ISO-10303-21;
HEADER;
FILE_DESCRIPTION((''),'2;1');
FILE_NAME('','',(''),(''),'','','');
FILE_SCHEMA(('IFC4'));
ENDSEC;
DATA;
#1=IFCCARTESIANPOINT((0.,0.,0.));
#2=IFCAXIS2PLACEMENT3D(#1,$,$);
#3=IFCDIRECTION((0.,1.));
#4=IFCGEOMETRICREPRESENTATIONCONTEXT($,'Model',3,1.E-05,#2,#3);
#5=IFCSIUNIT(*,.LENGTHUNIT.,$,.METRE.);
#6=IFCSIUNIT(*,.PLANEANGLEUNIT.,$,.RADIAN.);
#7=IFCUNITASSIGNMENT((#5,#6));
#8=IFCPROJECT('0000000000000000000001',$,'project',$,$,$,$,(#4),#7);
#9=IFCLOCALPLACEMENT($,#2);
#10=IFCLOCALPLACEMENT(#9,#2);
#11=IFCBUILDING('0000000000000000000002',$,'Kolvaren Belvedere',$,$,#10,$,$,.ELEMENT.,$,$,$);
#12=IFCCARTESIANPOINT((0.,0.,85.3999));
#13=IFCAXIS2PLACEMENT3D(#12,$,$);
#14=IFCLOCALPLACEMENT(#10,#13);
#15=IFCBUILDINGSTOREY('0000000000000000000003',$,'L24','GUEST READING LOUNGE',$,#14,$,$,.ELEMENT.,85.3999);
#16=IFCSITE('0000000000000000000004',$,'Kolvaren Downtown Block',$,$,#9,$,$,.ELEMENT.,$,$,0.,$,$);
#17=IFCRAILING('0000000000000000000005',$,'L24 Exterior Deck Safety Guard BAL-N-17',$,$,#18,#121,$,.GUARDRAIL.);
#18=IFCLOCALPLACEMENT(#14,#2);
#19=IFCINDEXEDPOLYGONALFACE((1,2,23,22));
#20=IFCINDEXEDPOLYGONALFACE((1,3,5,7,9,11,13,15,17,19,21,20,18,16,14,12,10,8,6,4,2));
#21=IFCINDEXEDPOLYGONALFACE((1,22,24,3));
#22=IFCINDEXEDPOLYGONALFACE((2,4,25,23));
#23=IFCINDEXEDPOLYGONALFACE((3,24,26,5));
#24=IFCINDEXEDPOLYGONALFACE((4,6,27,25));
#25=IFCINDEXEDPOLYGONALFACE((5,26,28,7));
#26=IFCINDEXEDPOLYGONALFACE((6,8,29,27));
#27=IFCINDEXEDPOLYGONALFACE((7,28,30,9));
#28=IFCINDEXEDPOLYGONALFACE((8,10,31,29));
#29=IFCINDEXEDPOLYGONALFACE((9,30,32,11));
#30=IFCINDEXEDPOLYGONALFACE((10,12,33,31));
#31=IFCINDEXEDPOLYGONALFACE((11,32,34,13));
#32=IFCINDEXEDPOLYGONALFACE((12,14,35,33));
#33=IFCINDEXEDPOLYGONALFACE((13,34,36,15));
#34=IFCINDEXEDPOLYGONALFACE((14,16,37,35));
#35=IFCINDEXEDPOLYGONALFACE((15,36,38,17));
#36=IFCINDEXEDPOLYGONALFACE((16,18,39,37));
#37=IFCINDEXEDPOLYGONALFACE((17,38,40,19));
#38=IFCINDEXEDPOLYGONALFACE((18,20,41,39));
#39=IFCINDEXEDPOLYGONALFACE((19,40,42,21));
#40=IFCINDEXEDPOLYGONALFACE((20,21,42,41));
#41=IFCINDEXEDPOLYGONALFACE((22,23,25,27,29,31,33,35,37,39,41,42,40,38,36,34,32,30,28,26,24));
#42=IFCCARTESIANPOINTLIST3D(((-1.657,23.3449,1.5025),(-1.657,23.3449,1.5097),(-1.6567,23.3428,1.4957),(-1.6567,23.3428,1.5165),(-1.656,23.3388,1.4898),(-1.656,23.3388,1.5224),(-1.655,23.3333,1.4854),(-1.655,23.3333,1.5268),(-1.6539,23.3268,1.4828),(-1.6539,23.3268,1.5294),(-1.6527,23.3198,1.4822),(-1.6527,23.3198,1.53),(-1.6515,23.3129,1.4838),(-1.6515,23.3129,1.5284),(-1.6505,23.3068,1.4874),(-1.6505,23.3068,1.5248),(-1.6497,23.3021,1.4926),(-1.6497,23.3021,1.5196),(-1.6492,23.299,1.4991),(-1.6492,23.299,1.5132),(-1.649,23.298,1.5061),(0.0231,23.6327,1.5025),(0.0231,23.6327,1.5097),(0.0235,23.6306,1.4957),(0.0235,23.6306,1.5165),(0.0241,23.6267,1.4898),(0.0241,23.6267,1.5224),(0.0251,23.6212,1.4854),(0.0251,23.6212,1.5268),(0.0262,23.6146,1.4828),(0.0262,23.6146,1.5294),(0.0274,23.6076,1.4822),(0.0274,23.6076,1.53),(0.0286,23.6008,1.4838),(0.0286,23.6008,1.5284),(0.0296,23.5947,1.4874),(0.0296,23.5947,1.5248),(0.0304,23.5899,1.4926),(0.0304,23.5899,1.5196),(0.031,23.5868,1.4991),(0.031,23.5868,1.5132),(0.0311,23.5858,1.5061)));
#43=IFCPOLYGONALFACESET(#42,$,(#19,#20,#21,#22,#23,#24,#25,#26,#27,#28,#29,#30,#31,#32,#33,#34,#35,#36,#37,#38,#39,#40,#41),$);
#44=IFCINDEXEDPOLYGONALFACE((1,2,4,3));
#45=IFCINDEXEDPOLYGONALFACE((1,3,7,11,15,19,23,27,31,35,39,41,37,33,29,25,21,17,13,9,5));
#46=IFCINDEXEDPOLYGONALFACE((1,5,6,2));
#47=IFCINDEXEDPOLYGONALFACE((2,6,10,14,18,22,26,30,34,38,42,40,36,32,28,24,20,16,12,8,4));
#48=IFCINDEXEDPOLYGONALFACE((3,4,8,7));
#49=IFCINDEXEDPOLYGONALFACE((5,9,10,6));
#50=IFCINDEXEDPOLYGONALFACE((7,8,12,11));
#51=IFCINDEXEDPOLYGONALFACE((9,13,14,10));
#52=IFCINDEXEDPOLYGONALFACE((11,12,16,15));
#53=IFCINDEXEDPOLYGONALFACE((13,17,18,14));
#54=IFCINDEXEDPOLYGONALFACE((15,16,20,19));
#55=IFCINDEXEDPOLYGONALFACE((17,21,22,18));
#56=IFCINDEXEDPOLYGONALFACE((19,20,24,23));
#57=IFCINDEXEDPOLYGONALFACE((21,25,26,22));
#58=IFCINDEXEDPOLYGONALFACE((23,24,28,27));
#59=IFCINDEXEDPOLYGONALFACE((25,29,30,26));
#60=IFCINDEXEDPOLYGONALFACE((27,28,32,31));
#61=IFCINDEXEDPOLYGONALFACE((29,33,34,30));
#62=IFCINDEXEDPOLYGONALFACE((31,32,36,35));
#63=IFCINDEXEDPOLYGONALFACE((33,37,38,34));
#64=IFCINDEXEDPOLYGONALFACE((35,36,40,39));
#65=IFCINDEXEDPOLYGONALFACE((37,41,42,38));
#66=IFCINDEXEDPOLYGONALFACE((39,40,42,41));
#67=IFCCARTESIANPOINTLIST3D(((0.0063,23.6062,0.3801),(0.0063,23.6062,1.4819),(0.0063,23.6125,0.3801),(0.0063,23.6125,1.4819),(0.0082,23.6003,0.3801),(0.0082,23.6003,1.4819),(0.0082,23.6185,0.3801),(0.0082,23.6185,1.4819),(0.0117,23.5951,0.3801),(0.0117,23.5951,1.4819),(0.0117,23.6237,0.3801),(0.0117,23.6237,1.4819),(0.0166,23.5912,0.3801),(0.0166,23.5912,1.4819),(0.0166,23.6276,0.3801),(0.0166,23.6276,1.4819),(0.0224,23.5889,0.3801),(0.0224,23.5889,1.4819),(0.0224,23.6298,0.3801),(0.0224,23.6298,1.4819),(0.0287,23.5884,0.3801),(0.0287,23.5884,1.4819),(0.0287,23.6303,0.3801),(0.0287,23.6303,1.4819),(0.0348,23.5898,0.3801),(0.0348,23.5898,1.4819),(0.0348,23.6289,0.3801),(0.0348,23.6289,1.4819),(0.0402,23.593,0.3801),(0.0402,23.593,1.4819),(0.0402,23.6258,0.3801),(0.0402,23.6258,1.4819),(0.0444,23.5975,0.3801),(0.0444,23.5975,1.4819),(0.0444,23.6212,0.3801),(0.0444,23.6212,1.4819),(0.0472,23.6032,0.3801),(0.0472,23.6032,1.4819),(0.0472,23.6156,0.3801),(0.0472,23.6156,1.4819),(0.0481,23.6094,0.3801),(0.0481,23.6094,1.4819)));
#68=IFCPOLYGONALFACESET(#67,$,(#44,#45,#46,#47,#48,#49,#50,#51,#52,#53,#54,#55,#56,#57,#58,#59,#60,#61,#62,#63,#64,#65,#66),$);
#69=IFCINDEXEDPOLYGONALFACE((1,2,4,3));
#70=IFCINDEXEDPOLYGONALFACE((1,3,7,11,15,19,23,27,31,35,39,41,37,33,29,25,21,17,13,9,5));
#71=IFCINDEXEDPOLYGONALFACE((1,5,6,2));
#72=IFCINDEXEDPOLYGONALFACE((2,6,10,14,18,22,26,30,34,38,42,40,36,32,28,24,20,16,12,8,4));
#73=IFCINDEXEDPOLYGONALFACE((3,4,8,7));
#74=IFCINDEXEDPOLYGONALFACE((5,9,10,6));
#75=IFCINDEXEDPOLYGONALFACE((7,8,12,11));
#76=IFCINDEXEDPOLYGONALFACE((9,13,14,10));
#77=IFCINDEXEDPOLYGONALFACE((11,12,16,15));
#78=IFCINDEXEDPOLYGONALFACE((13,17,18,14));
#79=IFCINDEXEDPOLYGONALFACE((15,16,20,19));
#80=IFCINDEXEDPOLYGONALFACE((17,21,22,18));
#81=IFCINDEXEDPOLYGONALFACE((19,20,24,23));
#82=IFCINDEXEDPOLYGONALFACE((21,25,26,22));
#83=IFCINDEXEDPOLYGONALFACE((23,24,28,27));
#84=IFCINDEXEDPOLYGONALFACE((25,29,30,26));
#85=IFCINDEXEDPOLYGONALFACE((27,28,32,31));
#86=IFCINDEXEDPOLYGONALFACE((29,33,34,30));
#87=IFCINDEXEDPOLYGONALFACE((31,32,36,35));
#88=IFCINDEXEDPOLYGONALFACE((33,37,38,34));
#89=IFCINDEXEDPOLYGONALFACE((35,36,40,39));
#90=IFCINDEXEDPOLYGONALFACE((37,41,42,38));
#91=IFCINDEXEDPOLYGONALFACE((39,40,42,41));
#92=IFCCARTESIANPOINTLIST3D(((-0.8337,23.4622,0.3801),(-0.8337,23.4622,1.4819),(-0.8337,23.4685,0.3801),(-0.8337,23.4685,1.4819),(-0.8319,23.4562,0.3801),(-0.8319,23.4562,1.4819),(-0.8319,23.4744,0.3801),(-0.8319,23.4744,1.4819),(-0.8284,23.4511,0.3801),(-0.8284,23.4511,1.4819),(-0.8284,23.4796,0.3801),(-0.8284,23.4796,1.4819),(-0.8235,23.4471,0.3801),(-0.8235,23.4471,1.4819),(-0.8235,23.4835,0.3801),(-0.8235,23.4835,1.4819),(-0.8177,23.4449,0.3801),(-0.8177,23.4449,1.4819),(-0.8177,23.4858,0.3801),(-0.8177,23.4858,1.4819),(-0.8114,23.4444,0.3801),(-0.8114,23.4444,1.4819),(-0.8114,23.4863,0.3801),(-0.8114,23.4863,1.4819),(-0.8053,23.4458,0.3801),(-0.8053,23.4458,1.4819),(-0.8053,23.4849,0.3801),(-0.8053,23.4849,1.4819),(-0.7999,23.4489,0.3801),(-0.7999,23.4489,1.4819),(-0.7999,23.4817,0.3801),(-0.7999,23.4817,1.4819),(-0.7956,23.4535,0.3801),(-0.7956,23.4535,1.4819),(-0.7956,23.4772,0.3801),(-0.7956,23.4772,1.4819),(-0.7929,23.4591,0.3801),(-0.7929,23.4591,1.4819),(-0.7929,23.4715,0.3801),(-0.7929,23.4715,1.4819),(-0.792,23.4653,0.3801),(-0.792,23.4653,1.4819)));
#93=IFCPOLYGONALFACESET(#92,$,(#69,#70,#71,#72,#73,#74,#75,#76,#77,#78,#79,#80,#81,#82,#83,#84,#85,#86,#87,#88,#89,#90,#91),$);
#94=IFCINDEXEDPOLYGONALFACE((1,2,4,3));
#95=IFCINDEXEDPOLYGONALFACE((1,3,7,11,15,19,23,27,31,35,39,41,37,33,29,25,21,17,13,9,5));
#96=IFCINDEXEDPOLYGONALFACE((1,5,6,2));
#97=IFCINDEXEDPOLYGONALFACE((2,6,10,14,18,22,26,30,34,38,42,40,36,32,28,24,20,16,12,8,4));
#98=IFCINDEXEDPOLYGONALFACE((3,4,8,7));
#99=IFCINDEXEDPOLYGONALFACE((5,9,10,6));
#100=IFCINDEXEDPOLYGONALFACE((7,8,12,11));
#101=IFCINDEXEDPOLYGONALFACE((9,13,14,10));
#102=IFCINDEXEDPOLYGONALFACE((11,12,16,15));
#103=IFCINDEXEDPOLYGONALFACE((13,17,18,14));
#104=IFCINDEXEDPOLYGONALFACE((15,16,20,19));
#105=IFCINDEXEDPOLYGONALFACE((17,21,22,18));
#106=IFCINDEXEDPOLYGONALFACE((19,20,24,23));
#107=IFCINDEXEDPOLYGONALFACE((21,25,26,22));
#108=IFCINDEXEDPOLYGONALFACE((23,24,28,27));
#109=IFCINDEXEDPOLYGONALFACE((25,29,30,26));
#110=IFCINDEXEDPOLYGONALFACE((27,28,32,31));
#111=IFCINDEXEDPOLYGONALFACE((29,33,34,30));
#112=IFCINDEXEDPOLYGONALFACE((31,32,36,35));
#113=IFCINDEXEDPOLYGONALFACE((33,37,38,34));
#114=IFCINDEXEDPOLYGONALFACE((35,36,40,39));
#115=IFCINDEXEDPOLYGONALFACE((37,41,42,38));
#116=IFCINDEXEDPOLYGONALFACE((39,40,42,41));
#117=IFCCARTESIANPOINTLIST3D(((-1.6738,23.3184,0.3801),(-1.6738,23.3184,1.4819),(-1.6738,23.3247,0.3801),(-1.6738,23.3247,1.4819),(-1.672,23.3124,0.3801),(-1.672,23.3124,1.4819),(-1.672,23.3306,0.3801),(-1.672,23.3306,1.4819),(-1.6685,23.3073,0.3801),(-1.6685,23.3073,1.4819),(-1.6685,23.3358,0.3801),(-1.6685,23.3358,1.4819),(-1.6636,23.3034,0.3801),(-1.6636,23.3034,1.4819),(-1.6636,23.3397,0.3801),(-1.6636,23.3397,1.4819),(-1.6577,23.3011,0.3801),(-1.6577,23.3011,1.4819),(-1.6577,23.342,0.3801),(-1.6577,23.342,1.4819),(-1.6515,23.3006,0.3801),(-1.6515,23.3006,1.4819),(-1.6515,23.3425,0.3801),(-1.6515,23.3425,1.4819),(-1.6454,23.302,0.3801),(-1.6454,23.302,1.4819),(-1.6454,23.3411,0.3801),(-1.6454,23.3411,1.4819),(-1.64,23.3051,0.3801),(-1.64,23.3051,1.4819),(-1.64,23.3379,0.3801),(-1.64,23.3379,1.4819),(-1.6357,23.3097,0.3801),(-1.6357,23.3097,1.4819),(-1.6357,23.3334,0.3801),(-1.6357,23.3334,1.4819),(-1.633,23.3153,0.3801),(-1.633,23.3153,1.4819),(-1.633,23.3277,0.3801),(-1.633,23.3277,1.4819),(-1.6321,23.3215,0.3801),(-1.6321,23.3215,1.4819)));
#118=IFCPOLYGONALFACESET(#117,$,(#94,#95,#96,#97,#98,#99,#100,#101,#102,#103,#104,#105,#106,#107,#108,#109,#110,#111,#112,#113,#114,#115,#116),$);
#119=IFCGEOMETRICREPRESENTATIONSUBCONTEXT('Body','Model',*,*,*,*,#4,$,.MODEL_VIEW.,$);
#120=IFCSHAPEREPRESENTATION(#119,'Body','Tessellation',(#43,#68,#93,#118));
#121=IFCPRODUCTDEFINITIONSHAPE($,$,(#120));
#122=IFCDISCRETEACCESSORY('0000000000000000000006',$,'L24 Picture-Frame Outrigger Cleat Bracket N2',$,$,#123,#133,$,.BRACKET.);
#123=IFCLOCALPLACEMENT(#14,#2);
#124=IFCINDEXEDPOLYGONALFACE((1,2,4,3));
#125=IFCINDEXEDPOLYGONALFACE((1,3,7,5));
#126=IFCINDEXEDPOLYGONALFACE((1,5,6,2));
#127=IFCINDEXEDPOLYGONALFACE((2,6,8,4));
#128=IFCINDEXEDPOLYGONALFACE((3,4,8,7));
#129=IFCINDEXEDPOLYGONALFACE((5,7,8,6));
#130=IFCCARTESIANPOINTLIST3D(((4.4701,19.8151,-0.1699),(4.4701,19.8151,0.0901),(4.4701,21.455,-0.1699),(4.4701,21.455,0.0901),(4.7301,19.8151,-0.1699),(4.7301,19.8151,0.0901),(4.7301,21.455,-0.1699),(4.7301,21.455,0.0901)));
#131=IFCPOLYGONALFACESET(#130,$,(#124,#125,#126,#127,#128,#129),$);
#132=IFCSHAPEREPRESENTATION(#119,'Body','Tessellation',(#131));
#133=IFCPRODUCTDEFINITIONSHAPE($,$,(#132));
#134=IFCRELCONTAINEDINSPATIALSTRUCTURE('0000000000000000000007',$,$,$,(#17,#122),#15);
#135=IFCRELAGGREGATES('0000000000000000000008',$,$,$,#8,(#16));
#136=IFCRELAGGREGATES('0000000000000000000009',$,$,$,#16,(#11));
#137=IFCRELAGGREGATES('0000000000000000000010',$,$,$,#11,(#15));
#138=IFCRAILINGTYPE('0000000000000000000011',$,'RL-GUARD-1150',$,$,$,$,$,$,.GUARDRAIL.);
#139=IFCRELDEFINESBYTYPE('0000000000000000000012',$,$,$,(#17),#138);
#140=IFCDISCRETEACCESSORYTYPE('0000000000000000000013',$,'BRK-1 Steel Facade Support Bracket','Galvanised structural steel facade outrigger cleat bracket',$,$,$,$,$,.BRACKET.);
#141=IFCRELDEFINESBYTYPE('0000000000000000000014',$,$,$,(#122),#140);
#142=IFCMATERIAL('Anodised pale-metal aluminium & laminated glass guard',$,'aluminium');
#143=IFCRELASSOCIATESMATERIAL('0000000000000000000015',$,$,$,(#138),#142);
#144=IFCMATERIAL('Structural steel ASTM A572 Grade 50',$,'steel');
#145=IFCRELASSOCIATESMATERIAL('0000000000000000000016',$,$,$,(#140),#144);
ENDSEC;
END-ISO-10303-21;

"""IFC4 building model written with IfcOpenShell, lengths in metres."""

from ifc_helpers import new_model, si_unit, direction, frame, origin, origin_2d, place, context, subcontext, project, spatial, rectangle, circle, extrude, material, type_object, element, save


model = new_model("IFC4")

# Units and contexts
model_context = context("Model", 3, precision=1e-05, world=origin(), true_north=direction((0.0, 1.0)))
body_context = subcontext(model_context, "Body", "Model", "MODEL_VIEW")
ifc_project = project(units=[si_unit("LENGTHUNIT", "METRE"), si_unit("PLANEANGLEUNIT", "RADIAN")], contexts=[model_context])

# Site, building, storey
site_placement = place(None, origin())
site = spatial("IfcSite", under=ifc_project, at=site_placement, Name="Kolvaren Downtown Block", CompositionType="ELEMENT", RefElevation=0.0)
building_placement = place(site_placement, origin())
building = spatial("IfcBuilding", under=site, at=building_placement, Name="Kolvaren Belvedere", CompositionType="ELEMENT")
storey_placement = place(building_placement, frame((0.0, 0.0, 85.3999)))
storey = spatial("IfcBuildingStorey", under=building, at=storey_placement, Name="L24", Description="GUEST READING LOUNGE", CompositionType="ELEMENT", Elevation=85.3999)

# Railing
ifc_material_1 = material(Name="Anodised pale-metal aluminium & laminated glass guard", Category="aluminium")
railing_type = type_object("IfcRailingType", Name="RL-GUARD-1150", PredefinedType="GUARDRAIL", material=ifc_material_1)
railing_1_placement = place(storey_placement, frame((0.0271, 23.6094, 0.3801)))
element("IfcRailing", 1, at=railing_1_placement, inside=storey, type_object=railing_type, Name="L24 Exterior Deck Safety Guard BAL-N-17", PredefinedType="GUARDRAIL", context=body_context, shape_type="SweptSolid", body=[
    extrude(circle(Radius=0.0239, at=origin_2d()), frame((0.0, 0.0, 1.126), z_axis=(-0.985641, -0.168856, 0.0), x_axis=(0.168856, -0.985641, 0.0)), (0.0, 0.0, 1.0), 1.7046),
    extrude(circle(Radius=0.021, at=origin_2d()), origin(), (0.0, 0.0, 1.0), 1.1018),
    extrude(circle(Radius=0.021, at=origin_2d()), frame((-0.8401, -0.144, 0.0)), (0.0, 0.0, 1.0), 1.1018),
    extrude(circle(Radius=0.021, at=origin_2d()), frame((-1.6802, -0.2878, 0.0)), (0.0, 0.0, 1.0), 1.1018),
])

# Discrete accessory
ifc_material_2 = material(Name="Structural steel ASTM A572 Grade 50", Category="steel")
discrete_accessory_type = type_object("IfcDiscreteAccessoryType", Name="BRK-1 Steel Facade Support Bracket", Description="Galvanised structural steel facade outrigger cleat bracket", PredefinedType="BRACKET", material=ifc_material_2)
discrete_accessory_placement = place(storey_placement, frame((4.6001, 20.635, -0.1699), z_axis=(0.0, 0.0, 1.0), x_axis=(0.0, 1.0, 0.0)))
element("IfcDiscreteAccessory", 2, at=discrete_accessory_placement, inside=storey, type_object=discrete_accessory_type, Name="L24 Picture-Frame Outrigger Cleat Bracket N2", PredefinedType="BRACKET", context=body_context, shape_type="SweptSolid", body=[
    extrude(rectangle(XDim=1.6399, YDim=0.26, at=origin_2d()), origin(), (0.0, 0.0, 1.0), 0.26),
])

save(model, "model.ifc")
